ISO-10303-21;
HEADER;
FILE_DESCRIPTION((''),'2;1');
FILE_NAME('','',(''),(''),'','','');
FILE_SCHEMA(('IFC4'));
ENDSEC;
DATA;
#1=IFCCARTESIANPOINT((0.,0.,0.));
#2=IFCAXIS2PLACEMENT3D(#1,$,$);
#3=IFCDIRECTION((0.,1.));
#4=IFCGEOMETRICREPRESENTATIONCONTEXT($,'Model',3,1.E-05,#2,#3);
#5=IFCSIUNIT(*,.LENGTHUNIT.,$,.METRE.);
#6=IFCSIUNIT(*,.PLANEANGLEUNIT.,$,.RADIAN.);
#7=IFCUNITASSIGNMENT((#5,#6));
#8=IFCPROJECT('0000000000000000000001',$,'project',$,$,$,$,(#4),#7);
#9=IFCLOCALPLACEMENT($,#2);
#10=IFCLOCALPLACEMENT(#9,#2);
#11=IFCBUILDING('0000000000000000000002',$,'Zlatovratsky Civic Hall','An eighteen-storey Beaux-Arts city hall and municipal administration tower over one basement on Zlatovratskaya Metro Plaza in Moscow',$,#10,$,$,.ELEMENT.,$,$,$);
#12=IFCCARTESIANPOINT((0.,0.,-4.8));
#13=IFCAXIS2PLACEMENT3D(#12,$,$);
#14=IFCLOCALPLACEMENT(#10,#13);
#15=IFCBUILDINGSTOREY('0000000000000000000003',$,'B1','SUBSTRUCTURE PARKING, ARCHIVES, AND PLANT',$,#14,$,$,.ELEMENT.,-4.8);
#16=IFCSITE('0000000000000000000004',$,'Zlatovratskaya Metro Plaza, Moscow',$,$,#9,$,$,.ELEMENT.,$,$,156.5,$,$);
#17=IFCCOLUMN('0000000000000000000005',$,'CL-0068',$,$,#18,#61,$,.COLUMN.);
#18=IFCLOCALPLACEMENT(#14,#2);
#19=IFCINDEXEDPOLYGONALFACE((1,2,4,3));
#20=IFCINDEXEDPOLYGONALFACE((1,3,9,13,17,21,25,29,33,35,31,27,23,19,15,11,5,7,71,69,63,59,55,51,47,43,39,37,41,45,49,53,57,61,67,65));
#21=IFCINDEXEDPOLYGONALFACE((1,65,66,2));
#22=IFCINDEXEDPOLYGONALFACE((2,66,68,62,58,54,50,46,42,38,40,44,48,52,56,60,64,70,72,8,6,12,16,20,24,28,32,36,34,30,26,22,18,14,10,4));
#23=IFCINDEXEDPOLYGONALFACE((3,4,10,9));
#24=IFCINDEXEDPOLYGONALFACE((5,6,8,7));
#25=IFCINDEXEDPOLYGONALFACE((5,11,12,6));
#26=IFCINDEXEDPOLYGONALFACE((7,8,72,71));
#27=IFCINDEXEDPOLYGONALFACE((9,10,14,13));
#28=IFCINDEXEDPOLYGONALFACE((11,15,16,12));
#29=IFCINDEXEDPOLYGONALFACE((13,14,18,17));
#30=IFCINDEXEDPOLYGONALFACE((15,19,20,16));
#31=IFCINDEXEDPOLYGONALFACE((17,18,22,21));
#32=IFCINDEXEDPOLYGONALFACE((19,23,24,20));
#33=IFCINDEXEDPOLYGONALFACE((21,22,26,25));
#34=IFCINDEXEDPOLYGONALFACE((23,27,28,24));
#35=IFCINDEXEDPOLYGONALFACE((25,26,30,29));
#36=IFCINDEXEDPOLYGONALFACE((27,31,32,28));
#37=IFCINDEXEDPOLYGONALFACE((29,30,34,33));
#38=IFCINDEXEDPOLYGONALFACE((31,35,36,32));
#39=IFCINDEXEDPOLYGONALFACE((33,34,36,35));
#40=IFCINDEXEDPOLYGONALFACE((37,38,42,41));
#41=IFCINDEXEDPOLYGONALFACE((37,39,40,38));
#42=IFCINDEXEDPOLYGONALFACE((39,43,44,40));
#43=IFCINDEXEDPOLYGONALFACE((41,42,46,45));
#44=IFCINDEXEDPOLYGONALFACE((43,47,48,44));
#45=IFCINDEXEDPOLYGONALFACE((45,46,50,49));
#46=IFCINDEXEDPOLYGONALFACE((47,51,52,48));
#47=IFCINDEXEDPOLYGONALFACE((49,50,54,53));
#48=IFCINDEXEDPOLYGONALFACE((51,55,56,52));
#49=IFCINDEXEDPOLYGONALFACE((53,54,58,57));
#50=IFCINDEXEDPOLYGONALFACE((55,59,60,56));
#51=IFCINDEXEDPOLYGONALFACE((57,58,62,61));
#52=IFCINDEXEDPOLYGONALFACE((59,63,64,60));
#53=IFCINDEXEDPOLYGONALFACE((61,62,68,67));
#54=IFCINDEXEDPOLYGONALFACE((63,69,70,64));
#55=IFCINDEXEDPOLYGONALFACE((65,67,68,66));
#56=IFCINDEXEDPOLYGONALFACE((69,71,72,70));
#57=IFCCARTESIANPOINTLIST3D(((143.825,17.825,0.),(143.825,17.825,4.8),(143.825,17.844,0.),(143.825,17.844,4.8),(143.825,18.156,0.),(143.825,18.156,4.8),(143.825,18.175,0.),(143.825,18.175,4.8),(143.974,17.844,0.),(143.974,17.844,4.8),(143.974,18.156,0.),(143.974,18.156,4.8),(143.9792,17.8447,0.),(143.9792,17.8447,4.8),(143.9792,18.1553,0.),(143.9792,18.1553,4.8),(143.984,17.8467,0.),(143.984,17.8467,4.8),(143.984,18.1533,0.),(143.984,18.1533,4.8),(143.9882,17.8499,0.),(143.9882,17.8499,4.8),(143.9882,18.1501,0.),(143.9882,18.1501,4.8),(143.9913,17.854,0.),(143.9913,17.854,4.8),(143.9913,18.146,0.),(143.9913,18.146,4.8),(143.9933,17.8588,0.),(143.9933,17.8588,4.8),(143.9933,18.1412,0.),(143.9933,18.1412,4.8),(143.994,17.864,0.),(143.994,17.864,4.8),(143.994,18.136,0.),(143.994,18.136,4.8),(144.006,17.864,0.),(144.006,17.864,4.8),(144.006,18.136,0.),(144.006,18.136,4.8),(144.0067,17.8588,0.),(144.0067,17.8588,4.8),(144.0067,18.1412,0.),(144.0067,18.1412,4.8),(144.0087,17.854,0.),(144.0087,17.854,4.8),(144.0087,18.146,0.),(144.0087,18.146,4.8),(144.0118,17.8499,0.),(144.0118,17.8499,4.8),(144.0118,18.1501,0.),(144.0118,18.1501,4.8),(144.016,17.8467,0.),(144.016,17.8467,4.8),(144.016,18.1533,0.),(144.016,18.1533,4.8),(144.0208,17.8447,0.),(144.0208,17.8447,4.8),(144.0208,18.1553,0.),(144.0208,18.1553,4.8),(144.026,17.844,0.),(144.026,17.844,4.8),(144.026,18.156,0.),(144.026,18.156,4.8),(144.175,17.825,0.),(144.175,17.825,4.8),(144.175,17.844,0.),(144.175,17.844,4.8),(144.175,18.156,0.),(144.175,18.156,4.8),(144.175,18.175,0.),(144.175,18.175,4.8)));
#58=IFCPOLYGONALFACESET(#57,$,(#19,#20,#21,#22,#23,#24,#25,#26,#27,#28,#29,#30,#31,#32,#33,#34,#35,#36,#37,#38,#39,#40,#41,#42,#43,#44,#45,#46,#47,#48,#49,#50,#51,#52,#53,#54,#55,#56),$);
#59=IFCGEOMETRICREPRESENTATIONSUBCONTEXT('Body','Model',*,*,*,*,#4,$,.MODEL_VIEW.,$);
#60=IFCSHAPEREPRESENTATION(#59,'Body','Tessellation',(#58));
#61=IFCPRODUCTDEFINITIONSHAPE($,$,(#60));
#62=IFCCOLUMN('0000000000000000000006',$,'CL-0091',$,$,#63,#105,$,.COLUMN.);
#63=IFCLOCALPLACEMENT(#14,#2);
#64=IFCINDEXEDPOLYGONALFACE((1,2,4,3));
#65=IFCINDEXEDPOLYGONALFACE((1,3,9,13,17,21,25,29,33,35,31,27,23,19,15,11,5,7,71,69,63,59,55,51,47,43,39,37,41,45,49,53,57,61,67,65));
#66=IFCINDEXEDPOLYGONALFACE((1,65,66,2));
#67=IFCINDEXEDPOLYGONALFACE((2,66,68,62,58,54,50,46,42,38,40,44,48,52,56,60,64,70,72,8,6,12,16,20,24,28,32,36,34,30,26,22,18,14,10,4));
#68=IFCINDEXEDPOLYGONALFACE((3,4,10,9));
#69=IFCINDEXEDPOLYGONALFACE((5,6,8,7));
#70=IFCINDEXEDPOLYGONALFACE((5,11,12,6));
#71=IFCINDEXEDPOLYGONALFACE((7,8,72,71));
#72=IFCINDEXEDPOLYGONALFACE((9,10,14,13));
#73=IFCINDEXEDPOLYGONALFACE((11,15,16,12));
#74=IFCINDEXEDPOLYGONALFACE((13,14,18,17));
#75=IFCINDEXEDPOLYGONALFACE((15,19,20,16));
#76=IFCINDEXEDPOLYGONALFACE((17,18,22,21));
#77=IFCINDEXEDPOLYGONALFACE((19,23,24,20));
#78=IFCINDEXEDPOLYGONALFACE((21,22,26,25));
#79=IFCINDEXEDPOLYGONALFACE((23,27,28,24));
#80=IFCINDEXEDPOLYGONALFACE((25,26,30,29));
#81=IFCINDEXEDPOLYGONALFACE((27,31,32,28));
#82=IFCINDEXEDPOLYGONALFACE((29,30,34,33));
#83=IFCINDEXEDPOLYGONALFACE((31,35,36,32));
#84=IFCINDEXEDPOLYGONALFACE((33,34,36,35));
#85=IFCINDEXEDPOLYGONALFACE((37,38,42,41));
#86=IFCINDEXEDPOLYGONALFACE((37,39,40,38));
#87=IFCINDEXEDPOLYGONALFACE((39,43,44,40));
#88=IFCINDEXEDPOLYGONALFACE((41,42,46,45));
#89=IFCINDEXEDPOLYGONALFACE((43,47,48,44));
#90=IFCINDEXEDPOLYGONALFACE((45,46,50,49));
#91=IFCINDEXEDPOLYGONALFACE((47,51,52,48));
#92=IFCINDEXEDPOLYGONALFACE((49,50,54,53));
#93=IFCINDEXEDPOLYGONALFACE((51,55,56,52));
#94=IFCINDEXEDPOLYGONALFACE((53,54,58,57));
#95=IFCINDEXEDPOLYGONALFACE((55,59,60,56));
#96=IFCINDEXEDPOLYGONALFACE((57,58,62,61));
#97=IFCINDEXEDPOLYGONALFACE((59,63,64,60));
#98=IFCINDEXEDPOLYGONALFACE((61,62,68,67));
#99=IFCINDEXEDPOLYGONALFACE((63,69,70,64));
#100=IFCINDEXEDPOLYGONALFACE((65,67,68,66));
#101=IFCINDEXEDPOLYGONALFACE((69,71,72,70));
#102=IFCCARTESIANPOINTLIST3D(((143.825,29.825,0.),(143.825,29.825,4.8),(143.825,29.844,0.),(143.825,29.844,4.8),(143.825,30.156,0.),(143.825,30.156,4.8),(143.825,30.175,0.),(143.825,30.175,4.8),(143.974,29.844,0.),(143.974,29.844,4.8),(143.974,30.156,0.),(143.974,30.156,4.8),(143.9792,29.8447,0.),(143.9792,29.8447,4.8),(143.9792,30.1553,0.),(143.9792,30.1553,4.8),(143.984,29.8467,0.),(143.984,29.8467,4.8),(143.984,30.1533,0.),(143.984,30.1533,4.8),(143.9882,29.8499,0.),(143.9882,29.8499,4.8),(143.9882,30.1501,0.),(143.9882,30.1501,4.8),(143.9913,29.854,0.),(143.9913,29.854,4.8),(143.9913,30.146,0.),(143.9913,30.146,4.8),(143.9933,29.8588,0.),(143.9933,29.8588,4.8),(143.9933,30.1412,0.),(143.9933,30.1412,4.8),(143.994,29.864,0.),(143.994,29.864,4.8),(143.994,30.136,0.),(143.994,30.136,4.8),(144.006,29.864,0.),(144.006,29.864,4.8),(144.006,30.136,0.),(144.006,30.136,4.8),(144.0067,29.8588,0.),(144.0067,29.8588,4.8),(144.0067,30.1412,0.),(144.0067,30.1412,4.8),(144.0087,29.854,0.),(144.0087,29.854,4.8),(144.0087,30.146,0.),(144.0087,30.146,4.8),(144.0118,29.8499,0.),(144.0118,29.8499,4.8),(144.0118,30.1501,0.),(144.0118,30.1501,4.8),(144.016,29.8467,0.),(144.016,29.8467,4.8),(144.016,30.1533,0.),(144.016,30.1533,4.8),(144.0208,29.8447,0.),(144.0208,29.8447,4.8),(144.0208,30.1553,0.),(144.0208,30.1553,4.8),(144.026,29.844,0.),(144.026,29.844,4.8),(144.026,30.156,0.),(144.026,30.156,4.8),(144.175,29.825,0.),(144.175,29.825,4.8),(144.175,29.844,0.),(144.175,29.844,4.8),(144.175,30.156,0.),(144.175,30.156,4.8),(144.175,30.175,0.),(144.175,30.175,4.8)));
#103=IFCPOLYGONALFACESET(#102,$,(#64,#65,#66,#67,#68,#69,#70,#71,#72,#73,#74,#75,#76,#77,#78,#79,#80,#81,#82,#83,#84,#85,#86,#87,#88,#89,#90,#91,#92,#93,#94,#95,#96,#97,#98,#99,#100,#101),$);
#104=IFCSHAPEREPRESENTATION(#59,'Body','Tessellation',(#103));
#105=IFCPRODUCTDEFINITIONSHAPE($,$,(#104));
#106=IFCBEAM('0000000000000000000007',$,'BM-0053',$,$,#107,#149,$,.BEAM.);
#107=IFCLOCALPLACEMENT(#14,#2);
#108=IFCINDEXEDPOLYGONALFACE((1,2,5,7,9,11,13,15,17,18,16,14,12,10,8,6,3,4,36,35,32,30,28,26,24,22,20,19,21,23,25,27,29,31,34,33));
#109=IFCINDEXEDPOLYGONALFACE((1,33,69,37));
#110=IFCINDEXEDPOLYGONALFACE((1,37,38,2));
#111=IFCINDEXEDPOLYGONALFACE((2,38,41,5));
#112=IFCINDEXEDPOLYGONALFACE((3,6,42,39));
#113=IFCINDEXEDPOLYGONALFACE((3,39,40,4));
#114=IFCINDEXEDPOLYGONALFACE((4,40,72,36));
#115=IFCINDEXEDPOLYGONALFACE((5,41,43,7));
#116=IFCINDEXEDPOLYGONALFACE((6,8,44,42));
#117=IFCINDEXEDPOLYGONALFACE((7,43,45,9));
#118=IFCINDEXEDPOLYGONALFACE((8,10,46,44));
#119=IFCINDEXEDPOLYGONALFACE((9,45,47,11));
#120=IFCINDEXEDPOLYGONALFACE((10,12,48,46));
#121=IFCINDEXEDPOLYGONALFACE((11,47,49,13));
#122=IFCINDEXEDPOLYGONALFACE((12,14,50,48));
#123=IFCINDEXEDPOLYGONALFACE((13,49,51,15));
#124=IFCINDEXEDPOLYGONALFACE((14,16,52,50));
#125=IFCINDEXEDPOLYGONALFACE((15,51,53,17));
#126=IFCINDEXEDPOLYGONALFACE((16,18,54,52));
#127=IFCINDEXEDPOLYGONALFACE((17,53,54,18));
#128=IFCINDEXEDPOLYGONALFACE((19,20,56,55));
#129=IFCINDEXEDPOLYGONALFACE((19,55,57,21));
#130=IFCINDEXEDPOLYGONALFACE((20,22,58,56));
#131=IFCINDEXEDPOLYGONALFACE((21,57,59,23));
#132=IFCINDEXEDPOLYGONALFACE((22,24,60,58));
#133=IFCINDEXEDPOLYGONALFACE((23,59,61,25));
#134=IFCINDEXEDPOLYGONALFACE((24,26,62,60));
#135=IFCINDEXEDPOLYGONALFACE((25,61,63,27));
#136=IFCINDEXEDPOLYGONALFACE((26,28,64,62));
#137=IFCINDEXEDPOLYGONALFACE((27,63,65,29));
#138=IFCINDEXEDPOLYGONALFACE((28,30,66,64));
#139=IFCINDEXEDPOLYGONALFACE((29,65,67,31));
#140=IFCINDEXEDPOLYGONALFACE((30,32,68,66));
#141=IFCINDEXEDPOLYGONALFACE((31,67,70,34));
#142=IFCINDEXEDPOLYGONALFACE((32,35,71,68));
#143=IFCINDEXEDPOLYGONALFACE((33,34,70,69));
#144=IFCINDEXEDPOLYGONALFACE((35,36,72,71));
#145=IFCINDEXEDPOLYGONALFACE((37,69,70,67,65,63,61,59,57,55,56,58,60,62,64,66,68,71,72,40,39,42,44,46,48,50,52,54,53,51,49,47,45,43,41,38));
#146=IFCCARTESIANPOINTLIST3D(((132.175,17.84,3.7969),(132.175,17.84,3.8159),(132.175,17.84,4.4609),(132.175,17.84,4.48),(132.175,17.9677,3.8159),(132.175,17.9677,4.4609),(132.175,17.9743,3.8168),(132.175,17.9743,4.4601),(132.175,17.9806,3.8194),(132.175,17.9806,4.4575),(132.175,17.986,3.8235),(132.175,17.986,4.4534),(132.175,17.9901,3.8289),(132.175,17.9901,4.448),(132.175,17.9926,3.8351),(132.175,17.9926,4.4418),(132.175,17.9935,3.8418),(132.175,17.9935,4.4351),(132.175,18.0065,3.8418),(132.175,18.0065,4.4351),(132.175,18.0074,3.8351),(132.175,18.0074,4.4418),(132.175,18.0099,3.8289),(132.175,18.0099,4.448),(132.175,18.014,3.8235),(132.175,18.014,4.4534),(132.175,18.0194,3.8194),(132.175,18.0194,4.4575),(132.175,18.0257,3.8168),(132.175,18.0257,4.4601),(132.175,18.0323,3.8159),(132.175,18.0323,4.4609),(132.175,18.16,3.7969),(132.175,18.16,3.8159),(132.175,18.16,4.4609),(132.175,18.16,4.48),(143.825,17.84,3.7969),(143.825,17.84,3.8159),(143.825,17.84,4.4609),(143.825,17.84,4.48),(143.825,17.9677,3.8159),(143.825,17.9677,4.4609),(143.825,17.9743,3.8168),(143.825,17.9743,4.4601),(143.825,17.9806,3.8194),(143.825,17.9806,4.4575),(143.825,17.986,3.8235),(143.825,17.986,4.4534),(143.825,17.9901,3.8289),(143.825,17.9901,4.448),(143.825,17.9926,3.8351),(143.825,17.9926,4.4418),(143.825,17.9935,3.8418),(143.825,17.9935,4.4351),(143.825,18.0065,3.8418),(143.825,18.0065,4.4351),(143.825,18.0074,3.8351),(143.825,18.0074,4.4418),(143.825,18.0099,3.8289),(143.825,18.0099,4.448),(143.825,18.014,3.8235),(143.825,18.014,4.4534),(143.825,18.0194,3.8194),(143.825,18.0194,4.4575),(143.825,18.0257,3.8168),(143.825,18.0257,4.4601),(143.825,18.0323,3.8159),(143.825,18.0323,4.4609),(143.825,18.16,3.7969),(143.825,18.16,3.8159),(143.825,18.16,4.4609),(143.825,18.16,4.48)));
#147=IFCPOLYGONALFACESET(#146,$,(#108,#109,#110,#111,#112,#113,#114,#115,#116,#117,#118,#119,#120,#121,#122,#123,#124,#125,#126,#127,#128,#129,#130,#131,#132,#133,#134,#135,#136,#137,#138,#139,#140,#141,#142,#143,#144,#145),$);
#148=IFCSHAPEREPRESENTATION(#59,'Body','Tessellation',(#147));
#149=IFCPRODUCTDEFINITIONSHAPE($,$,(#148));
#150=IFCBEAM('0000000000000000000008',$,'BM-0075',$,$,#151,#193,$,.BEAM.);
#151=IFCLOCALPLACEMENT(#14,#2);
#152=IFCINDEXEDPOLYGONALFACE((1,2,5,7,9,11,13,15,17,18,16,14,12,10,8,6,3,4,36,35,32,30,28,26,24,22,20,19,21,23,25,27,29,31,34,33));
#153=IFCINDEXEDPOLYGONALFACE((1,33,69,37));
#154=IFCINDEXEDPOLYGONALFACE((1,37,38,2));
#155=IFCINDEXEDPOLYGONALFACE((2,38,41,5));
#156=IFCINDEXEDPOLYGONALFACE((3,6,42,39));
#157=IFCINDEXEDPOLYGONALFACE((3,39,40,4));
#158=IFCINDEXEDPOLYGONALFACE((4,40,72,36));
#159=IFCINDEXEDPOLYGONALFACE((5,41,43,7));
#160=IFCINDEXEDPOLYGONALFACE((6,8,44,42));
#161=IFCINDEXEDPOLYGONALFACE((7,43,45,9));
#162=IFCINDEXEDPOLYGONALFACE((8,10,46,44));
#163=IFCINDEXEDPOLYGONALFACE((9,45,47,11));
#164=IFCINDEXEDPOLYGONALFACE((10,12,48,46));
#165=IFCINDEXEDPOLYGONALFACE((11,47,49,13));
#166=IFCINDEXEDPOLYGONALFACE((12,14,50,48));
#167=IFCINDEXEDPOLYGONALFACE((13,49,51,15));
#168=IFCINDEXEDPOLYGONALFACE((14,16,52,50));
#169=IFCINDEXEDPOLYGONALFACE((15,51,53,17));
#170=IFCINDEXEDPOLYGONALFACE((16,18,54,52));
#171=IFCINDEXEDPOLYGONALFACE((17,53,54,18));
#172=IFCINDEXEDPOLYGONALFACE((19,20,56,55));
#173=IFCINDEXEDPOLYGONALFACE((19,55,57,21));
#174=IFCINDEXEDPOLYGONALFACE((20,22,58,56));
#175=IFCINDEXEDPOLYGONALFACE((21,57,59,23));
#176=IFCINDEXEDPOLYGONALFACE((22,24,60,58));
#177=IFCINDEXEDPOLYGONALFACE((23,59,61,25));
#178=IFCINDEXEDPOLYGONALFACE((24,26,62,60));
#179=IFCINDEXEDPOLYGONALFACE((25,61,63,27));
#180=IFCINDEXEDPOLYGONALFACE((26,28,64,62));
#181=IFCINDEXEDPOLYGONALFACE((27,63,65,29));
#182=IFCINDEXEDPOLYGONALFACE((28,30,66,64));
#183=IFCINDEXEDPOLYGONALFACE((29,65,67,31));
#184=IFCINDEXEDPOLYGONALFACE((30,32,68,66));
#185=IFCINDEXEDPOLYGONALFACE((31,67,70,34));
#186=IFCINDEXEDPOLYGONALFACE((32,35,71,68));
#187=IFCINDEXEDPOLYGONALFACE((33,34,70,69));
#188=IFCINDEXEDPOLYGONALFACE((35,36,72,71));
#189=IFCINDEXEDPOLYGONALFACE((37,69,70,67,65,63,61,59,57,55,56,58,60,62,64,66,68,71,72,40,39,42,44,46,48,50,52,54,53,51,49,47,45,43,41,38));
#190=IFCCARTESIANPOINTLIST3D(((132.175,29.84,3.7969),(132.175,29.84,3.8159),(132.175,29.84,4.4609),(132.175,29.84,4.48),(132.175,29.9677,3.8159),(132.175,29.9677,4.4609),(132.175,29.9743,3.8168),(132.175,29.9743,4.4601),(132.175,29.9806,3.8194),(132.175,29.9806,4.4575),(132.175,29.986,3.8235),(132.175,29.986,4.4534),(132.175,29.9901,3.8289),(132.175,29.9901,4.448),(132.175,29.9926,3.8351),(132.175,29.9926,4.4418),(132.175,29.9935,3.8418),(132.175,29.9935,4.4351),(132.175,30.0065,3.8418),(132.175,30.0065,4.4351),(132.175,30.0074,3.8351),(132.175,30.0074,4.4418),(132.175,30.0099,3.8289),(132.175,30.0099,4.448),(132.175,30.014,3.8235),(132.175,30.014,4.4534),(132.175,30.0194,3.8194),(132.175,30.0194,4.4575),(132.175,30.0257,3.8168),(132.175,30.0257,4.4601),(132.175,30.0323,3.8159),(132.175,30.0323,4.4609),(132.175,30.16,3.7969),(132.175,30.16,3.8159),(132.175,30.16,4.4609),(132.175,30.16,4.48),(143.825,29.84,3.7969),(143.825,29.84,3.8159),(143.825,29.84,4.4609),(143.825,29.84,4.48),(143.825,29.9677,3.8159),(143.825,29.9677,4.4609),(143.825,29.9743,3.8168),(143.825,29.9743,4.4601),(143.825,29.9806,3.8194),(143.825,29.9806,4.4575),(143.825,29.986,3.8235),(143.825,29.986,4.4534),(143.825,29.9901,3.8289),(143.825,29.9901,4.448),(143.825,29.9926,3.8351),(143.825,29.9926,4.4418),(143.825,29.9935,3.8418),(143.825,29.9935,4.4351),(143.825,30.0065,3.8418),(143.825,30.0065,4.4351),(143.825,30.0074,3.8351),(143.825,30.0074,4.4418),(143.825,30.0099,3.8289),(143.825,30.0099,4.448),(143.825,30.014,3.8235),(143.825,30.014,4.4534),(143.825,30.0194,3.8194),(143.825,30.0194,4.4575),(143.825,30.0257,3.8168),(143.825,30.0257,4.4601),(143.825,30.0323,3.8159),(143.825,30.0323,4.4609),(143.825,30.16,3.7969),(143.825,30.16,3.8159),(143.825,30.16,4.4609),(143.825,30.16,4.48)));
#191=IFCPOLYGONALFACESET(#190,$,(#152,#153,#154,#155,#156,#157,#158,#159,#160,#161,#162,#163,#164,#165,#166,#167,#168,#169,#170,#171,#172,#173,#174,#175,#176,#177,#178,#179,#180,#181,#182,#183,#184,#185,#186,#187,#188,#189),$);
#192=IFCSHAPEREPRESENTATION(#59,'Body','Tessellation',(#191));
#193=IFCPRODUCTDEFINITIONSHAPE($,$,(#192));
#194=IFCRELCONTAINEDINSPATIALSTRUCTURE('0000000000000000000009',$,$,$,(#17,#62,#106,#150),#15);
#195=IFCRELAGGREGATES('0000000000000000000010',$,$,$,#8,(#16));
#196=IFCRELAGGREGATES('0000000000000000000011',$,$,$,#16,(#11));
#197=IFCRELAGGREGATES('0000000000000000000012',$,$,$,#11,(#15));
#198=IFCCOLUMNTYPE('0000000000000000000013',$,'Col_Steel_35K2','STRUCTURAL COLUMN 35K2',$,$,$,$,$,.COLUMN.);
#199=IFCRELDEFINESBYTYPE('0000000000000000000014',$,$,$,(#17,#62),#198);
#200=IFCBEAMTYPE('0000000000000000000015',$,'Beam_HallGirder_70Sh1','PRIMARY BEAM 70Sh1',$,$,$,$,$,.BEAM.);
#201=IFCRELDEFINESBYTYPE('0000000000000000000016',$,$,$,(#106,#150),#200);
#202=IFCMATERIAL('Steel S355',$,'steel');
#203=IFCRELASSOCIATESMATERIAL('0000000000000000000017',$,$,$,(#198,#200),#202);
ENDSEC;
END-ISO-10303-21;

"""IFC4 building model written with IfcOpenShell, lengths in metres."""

from ifc_helpers import new_model, si_unit, direction, frame, origin, origin_2d, place, context, subcontext, project, spatial, i_section, extrude, material, material_profile, profile_set, type_object, element, save


model = new_model("IFC4")

# Units and contexts
model_context = context("Model", 3, precision=1e-05, world=origin(), true_north=direction((0.0, 1.0)))
body_context = subcontext(model_context, "Body", "Model", "MODEL_VIEW")
ifc_project = project(units=[si_unit("LENGTHUNIT", "METRE"), si_unit("PLANEANGLEUNIT", "RADIAN")], contexts=[model_context])

# Site, building, storey
site_placement = place(None, origin())
site = spatial("IfcSite", under=ifc_project, at=site_placement, Name="Zlatovratskaya Metro Plaza, Moscow", CompositionType="ELEMENT", RefElevation=156.5)
building_placement = place(site_placement, origin())
building = spatial("IfcBuilding", under=site, at=building_placement, Name="Zlatovratsky Civic Hall", Description="An eighteen-storey Beaux-Arts city hall and municipal administration tower over one basement on Zlatovratskaya Metro Plaza in Moscow", CompositionType="ELEMENT")
storey_placement = place(building_placement, frame((0.0, 0.0, -4.8)))
storey = spatial("IfcBuildingStorey", under=building, at=storey_placement, Name="B1", Description="SUBSTRUCTURE PARKING, ARCHIVES, AND PLANT", CompositionType="ELEMENT", Elevation=-4.8)

# Columns
ifc_material_1 = material(Name="Steel S355", Category="steel")
ifc_material_profile_1 = material_profile(ifc_material_1, i_section(OverallWidth=0.3501, OverallDepth=0.3501, WebThickness=0.012, FlangeThickness=0.019, FilletRadius=0.02, at=origin_2d()), Name="35K2")
ifc_profile_set_1 = profile_set([ifc_material_profile_1], Name="Steel S355")
column_type = type_object("IfcColumnType", Name="Col_Steel_35K2", Description="STRUCTURAL COLUMN 35K2", PredefinedType="COLUMN", material=ifc_profile_set_1)
for number, where, z_axis, x_axis, name in (
    (1, (144.0, 18.0, 0.0), (0.0, 0.0, 1.0), (1.0, 0.0, 0.0), "CL-0068"),
    (2, (144.0, 30.0, 0.0), (0.0, 0.0, 1.0), (1.0, 0.0, 0.0), "CL-0091"),
):
    element("IfcColumn", number, at=place(storey_placement, frame(where, z_axis=z_axis, x_axis=x_axis)), inside=storey, type_object=column_type, Name=name, PredefinedType="COLUMN", context=body_context, shape_type="SweptSolid", body=[
        extrude(i_section(OverallWidth=0.3501, OverallDepth=0.3501, WebThickness=0.012, FlangeThickness=0.019, FilletRadius=0.02, at=origin_2d()), origin(), (0.0, 0.0, 1.0), 4.8),
    ])

# Beams
ifc_material_profile_2 = material_profile(ifc_material_1, i_section(OverallWidth=0.3201, OverallDepth=0.6831, WebThickness=0.0129, FlangeThickness=0.019, FilletRadius=0.0259, at=origin_2d()), Name="70Sh1")
ifc_profile_set_2 = profile_set([ifc_material_profile_2], Name="Steel S355")
beam_type_1 = type_object("IfcBeamType", Name="Beam_HallGirder_70Sh1", Description="PRIMARY BEAM 70Sh1", PredefinedType="BEAM", material=ifc_profile_set_2)
for number, where, z_axis, x_axis, name in (
    (3, (132.175, 18.0, 4.1384), (1.0, 0.0, 0.0), (0.0, 1.0, 0.0), "BM-0053"),
    (4, (132.175, 30.0, 4.1384), (1.0, 0.0, 0.0), (0.0, 1.0, 0.0), "BM-0075"),
):
    element("IfcBeam", number, at=place(storey_placement, frame(where, z_axis=z_axis, x_axis=x_axis)), inside=storey, type_object=beam_type_1, Name=name, PredefinedType="BEAM", context=body_context, shape_type="SweptSolid", body=[
        extrude(i_section(OverallWidth=0.3201, OverallDepth=0.6831, WebThickness=0.0129, FlangeThickness=0.019, FilletRadius=0.0259, at=origin_2d()), origin(), (0.0, 0.0, 1.0), 11.6499),
    ])

save(model, "model.ifc")
